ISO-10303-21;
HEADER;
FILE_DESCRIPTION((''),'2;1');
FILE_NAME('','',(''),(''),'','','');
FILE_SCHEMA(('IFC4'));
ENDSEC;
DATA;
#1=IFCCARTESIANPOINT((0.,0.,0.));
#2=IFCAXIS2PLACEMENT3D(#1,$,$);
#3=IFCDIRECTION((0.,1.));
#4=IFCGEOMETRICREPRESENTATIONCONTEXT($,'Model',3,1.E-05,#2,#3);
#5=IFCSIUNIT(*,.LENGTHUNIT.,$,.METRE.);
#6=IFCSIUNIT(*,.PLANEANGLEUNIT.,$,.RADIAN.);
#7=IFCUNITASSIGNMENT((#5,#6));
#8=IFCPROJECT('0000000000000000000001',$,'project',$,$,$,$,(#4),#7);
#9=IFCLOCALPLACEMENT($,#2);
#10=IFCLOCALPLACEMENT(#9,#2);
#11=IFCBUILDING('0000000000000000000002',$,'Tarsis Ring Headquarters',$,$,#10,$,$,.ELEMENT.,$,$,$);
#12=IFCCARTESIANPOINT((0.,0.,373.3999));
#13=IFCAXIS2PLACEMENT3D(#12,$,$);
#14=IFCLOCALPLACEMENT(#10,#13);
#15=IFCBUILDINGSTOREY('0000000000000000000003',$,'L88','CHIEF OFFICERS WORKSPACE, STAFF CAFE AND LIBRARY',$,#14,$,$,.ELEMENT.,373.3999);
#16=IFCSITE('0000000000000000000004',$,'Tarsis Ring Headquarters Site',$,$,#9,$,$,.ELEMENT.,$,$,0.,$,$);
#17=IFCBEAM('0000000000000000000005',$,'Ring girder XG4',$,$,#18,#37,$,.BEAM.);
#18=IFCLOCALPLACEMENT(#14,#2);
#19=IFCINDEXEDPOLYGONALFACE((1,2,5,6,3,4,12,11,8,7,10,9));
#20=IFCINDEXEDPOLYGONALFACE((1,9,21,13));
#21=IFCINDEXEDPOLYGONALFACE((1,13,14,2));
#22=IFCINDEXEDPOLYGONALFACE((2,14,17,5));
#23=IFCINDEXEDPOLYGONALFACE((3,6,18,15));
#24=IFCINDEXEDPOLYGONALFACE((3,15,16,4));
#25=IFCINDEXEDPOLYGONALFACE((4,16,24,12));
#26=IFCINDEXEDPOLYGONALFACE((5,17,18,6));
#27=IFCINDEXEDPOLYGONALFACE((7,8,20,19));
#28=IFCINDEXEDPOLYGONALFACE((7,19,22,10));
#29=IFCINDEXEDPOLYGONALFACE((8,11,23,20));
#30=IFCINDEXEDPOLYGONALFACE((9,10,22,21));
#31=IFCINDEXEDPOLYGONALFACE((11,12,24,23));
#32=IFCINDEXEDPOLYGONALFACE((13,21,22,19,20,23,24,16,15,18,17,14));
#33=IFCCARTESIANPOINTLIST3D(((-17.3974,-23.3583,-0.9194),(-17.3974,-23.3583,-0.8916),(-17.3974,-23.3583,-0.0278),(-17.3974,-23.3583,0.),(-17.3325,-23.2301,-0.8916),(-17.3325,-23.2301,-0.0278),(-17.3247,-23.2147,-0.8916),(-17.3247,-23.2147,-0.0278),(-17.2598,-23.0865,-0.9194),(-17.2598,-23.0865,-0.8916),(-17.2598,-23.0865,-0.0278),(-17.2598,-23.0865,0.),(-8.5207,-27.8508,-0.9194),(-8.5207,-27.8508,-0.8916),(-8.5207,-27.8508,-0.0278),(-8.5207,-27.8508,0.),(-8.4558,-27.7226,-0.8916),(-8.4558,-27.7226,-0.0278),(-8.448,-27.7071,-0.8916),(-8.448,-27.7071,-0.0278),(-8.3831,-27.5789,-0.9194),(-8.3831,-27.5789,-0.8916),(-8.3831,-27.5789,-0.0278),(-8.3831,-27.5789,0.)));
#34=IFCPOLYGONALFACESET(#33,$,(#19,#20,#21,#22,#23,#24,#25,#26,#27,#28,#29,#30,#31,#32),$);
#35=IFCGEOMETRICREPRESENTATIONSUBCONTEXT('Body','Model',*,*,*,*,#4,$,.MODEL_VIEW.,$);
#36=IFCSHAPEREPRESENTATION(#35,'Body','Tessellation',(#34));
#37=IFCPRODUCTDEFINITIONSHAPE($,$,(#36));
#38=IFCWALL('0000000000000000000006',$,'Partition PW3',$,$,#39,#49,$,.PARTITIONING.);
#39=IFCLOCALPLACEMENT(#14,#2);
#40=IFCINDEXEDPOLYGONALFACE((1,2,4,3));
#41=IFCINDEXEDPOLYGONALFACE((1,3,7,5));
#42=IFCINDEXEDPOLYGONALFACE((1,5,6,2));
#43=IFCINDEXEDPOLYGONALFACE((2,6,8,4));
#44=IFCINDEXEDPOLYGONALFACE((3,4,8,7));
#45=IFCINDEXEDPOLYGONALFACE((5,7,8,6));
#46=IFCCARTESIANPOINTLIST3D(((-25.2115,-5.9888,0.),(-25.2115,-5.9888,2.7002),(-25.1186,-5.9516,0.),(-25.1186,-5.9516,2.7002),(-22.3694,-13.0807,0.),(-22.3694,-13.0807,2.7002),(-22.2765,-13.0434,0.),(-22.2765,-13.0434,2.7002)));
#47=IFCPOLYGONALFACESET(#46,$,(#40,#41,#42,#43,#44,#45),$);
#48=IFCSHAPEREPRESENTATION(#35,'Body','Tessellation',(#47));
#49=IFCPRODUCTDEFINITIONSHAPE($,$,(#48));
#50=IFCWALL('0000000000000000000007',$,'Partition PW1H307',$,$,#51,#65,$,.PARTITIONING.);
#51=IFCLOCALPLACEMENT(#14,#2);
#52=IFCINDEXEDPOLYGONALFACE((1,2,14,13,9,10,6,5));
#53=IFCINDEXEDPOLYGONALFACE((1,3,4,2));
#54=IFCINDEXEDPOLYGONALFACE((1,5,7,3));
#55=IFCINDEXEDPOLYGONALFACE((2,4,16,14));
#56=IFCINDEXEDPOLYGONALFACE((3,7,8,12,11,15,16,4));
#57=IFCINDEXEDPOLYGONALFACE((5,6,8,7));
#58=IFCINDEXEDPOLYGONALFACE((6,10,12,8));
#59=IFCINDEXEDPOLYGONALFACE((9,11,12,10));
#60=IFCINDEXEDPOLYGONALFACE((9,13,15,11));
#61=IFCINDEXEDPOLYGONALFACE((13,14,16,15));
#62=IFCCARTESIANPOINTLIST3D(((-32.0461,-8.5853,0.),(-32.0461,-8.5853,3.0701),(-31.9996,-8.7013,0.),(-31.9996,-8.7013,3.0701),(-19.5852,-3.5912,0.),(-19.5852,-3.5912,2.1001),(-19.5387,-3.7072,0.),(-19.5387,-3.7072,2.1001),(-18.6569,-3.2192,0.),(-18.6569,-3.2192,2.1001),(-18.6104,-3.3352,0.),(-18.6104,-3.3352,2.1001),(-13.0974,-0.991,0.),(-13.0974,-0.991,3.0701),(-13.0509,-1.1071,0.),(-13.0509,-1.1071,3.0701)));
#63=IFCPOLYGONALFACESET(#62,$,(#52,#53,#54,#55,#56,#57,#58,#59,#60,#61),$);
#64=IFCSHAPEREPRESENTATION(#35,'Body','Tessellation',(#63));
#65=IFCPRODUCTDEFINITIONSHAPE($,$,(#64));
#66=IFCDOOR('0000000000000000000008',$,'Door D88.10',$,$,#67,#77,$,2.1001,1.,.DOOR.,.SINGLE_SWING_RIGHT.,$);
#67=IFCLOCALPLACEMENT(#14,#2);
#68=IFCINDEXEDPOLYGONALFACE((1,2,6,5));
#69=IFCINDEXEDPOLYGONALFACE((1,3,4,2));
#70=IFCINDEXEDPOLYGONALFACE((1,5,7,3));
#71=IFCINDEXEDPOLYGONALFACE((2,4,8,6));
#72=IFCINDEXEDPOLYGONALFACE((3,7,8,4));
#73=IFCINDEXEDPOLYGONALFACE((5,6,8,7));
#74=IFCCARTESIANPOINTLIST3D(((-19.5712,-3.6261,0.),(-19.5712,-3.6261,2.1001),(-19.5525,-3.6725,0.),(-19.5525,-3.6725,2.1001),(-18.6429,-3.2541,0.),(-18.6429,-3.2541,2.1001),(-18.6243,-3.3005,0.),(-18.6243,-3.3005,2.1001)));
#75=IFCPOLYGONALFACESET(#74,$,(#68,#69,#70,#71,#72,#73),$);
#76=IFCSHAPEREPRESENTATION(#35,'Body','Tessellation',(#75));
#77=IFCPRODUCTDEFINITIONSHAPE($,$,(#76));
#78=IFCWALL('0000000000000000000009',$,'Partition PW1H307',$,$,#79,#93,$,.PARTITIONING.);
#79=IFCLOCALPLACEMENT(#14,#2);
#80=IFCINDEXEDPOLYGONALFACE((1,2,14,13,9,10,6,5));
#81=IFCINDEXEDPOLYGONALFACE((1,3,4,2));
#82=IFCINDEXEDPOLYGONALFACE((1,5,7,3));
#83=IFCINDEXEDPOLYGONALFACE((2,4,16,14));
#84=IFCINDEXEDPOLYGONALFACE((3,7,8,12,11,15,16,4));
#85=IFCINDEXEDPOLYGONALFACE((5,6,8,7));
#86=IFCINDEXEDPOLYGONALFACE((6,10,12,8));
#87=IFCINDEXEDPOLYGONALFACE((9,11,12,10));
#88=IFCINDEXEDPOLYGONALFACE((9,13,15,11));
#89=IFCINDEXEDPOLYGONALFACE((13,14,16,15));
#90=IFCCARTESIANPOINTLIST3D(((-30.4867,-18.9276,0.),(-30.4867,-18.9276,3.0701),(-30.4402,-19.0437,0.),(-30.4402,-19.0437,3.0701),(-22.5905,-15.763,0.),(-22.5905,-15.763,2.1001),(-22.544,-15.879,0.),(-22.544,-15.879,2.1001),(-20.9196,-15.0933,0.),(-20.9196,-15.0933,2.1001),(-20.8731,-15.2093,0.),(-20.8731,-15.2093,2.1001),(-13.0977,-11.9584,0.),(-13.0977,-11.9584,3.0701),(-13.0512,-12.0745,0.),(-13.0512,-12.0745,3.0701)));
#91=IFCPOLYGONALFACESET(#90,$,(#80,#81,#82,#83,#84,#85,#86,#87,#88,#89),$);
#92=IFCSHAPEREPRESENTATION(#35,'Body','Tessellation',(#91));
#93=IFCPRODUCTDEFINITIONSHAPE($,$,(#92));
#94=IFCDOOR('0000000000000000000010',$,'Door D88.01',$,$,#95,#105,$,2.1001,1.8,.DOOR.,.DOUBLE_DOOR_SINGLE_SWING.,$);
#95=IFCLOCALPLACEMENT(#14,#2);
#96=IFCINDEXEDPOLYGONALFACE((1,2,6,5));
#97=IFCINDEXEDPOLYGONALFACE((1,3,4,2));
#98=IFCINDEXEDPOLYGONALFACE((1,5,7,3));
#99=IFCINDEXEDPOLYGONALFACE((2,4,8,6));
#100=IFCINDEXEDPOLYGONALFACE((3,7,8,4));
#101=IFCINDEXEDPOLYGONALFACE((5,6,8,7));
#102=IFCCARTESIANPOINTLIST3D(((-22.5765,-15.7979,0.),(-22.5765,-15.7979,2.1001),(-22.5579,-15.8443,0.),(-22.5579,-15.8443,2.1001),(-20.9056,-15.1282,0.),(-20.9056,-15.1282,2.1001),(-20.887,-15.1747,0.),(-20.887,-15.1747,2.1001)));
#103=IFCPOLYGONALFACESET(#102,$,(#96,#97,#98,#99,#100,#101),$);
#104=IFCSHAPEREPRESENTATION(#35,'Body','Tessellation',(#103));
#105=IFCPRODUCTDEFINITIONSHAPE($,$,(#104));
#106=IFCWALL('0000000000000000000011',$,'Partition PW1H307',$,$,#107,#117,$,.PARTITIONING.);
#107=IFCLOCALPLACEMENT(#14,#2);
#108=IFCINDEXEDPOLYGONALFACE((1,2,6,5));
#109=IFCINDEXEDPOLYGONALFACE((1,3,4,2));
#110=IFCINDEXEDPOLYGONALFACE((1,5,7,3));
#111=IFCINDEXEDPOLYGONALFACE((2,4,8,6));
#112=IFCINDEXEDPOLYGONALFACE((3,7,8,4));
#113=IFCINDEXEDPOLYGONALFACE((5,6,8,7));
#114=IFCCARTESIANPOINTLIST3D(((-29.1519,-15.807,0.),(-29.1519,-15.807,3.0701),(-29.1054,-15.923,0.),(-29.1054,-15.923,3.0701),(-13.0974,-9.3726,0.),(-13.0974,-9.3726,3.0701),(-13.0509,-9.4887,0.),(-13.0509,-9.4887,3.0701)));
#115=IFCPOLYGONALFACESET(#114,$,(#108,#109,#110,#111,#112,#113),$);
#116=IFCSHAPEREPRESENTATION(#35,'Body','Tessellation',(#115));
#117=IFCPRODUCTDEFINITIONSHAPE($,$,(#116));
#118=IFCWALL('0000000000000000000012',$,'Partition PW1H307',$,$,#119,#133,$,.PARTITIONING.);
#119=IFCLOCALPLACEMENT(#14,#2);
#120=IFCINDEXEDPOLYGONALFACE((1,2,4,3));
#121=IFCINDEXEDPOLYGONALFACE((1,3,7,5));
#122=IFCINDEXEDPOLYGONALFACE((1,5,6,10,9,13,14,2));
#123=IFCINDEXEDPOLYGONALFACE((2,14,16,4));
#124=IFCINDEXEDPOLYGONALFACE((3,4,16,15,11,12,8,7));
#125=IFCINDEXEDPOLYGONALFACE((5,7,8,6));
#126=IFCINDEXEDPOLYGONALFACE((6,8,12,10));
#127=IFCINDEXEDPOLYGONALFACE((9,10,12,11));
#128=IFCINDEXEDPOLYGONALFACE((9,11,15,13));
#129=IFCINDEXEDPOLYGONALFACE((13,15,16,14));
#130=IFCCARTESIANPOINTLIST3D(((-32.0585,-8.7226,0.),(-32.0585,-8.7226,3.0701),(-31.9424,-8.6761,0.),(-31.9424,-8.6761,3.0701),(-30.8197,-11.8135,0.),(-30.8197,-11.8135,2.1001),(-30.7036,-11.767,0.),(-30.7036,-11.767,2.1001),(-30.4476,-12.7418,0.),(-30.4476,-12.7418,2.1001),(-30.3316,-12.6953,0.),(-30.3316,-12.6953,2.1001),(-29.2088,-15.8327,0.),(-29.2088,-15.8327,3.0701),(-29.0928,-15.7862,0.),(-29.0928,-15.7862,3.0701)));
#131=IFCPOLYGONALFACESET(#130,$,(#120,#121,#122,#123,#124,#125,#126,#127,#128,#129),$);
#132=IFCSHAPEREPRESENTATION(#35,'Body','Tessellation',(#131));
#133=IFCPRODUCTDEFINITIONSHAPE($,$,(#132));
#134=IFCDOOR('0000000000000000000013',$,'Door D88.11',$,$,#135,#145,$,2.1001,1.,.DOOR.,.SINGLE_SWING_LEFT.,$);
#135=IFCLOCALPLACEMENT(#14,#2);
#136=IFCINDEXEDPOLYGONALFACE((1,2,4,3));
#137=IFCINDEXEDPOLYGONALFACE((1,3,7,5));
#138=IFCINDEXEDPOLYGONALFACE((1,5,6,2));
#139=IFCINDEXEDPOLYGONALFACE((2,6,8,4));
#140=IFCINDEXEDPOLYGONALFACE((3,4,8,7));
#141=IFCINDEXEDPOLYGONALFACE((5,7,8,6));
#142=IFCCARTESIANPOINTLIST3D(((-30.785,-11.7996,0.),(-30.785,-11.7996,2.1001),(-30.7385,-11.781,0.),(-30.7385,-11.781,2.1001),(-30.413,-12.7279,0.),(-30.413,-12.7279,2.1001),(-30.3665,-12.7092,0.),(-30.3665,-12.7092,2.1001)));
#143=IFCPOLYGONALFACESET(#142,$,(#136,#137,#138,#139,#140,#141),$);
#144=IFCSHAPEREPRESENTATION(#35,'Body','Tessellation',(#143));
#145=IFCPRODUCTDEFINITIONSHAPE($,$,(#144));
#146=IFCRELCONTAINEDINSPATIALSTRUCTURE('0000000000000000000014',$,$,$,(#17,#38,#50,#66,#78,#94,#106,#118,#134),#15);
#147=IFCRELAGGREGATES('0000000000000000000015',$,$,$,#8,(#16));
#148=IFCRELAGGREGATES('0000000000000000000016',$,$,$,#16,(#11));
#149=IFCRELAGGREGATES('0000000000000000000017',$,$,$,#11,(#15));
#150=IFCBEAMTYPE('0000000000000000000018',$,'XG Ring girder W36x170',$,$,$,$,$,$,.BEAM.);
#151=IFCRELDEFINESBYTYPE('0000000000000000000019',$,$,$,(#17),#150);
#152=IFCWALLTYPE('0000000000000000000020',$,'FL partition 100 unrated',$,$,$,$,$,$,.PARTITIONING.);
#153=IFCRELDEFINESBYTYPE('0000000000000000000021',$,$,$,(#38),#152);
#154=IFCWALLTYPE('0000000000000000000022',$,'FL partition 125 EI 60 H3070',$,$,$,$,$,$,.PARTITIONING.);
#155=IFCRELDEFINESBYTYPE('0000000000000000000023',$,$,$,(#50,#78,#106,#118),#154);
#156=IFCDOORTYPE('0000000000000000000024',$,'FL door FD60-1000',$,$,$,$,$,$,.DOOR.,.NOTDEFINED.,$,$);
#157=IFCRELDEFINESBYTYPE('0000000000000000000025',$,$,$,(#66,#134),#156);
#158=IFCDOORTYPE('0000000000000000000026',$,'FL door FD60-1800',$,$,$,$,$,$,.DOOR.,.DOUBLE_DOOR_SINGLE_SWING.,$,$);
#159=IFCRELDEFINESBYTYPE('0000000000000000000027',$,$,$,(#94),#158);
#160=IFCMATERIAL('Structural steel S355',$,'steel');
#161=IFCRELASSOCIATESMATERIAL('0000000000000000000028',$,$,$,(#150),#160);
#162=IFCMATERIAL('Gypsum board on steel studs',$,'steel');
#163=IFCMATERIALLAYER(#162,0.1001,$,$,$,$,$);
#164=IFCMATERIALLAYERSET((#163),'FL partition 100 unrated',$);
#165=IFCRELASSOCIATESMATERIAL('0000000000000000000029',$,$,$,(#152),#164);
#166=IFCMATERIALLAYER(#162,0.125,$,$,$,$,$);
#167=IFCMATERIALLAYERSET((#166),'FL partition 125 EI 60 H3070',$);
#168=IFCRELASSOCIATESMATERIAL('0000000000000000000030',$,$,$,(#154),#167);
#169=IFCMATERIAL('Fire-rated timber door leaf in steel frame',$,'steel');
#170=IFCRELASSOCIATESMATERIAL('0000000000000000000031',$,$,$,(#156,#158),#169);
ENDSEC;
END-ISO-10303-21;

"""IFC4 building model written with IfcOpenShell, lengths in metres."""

from ifc_helpers import new_model, si_unit, direction, frame, frame_2d, origin, origin_2d, place, context, subcontext, project, spatial, rectangle, i_section, extrude, material, layer, layer_set, material_profile, profile_set, type_object, element, fill, save


model = new_model("IFC4")

# Units and contexts
model_context = context("Model", 3, precision=1e-05, world=origin(), true_north=direction((0.0, 1.0)))
body_context = subcontext(model_context, "Body", "Model", "MODEL_VIEW")
ifc_project = project(units=[si_unit("LENGTHUNIT", "METRE"), si_unit("PLANEANGLEUNIT", "RADIAN")], contexts=[model_context])

# Site, building, storey
site_placement = place(None, origin())
site = spatial("IfcSite", under=ifc_project, at=site_placement, Name="Tarsis Ring Headquarters Site", CompositionType="ELEMENT", RefElevation=0.0)
building_placement = place(site_placement, origin())
building = spatial("IfcBuilding", under=site, at=building_placement, Name="Tarsis Ring Headquarters", CompositionType="ELEMENT")
storey_placement = place(building_placement, frame((0.0, 0.0, 373.3999)))
storey = spatial("IfcBuildingStorey", under=building, at=storey_placement, Name="L88", Description="CHIEF OFFICERS WORKSPACE, STAFF CAFE AND LIBRARY", CompositionType="ELEMENT", Elevation=373.3999)

# Shared definitions
ifc_material_1 = material(Name="Structural steel S355", Category="steel")

# Beam
ifc_material_profile_1 = material_profile(ifc_material_1, i_section(OverallWidth=0.3047, OverallDepth=0.9194, WebThickness=0.0173, FlangeThickness=0.0278, at=origin_2d()), Name="W36x170")
ifc_profile_set_1 = profile_set([ifc_material_profile_1], Name="Structural steel S355")
beam_type = type_object("IfcBeamType", Name="XG Ring girder W36x170", PredefinedType="BEAM", material=ifc_profile_set_1)
beam_1_placement = place(storey_placement, frame((-17.3286, -23.2224, -0.4597), z_axis=(0.892242, -0.451557, 0.0), x_axis=(0.451557, 0.892242, 0.0)))
element("IfcBeam", 1, at=beam_1_placement, inside=storey, type_object=beam_type, Name="Ring girder XG4", PredefinedType="BEAM", context=body_context, shape_type="SweptSolid", body=[
    extrude(i_section(OverallWidth=0.3047, OverallDepth=0.9194, WebThickness=0.0173, FlangeThickness=0.0278, at=origin_2d()), origin(), (0.0, 0.0, 1.0), 9.9487),
])

# Wall
ifc_material_2 = material(Name="Gypsum board on steel studs", Category="steel")
ifc_layer_1 = layer(ifc_material_2, 0.1001)
ifc_layer_set_1 = layer_set([ifc_layer_1], Name="FL partition 100 unrated")
wall_type_1 = type_object("IfcWallType", Name="FL partition 100 unrated", PredefinedType="PARTITIONING", material=ifc_layer_set_1)
wall_1_placement = place(storey_placement, frame((-25.165, -5.9702, 0.0), z_axis=(0.0, 0.0, 1.0), x_axis=(0.371991, -0.928236, 0.0)))
element("IfcWall", 2, at=wall_1_placement, inside=storey, type_object=wall_type_1, Name="Partition PW3", PredefinedType="PARTITIONING", context=body_context, shape_type="SweptSolid", body=[
    extrude(rectangle(XDim=7.6401, YDim=0.1001, at=frame_2d((3.8201, 0.0))), origin(), (0.0, 0.0, 1.0), 2.7002),
])

# Walls, openings, doors
ifc_layer_2 = layer(ifc_material_2, 0.125)
ifc_layer_set_2 = layer_set([ifc_layer_2], Name="FL partition 125 EI 60 H3070")
wall_type_2 = type_object("IfcWallType", Name="FL partition 125 EI 60 H3070", PredefinedType="PARTITIONING", material=ifc_layer_set_2)
wall_2_placement = place(storey_placement, frame((-32.0229, -8.6433, 0.0), z_axis=(0.0, 0.0, 1.0), x_axis=(0.928227, 0.372013, 0.0)))
wall_2 = element("IfcWall", 3, at=wall_2_placement, inside=storey, type_object=wall_type_2, Name="Partition PW1H307", PredefinedType="PARTITIONING", context=body_context, shape_type="SweptSolid", body=[
    extrude(rectangle(XDim=20.4138, YDim=0.125, at=frame_2d((10.207, 0.0))), origin(), (0.0, 0.0, 1.0), 3.0701),
])
opening_1_placement = place(wall_2_placement, frame((13.4246, 0.0, 0.0)))
opening_1 = element("IfcOpeningElement", 4, at=opening_1_placement, cuts=wall_2, PredefinedType="OPENING", context=body_context, shape_type="SweptSolid", body=[
    extrude(rectangle(XDim=1.0, YDim=2.1001, at=frame_2d((0.5, 1.05))), frame((0.0, 0.0725, 0.0), z_axis=(0.0, -1.0, 0.0), x_axis=(1.0, 0.0, 0.0)), (0.0, 0.0, 1.0), 0.145),
])
ifc_material_3 = material(Name="Fire-rated timber door leaf in steel frame", Category="steel")
door_type_1 = type_object("IfcDoorType", Name="FL door FD60-1000", OperationType="NOTDEFINED", PredefinedType="DOOR", material=ifc_material_3)
door_1_placement = place(opening_1_placement, origin())
door_1 = element("IfcDoor", 5, at=door_1_placement, inside=storey, type_object=door_type_1, Name="Door D88.10", OperationType="SINGLE_SWING_RIGHT", OverallHeight=2.1001, OverallWidth=1.0, PredefinedType="DOOR", context=body_context, shape_type="SweptSolid", body=[
    extrude(rectangle(XDim=1.0, YDim=2.1001, at=frame_2d((0.5, 1.05))), frame((0.0, 0.0249, 0.0), z_axis=(0.0, -1.0, 0.0), x_axis=(1.0, 0.0, 0.0)), (0.0, 0.0, 1.0), 0.05),
])
fill(opening_1, door_1)
wall_3_placement = place(storey_placement, frame((-30.4634, -18.9856, 0.0), z_axis=(0.0, 0.0, 1.0), x_axis=(0.928227, 0.372015, 0.0)))
wall_3 = element("IfcWall", 6, at=wall_3_placement, inside=storey, type_object=wall_type_2, Name="Partition PW1H307", PredefinedType="PARTITIONING", context=body_context, shape_type="SweptSolid", body=[
    extrude(rectangle(XDim=18.7336, YDim=0.125, at=frame_2d((9.3667, 0.0))), origin(), (0.0, 0.0, 1.0), 3.0701),
])
opening_2_placement = place(wall_3_placement, frame((8.5068, 0.0, 0.0)))
opening_2 = element("IfcOpeningElement", 7, at=opening_2_placement, cuts=wall_3, PredefinedType="OPENING", context=body_context, shape_type="SweptSolid", body=[
    extrude(rectangle(XDim=1.8, YDim=2.1001, at=frame_2d((0.8999, 1.05))), frame((0.0, 0.0725, 0.0), z_axis=(0.0, -1.0, 0.0), x_axis=(1.0, 0.0, 0.0)), (0.0, 0.0, 1.0), 0.145),
])
door_type_2 = type_object("IfcDoorType", Name="FL door FD60-1800", OperationType="DOUBLE_DOOR_SINGLE_SWING", PredefinedType="DOOR", material=ifc_material_3)
door_2_placement = place(opening_2_placement, origin())
door_2 = element("IfcDoor", 8, at=door_2_placement, inside=storey, type_object=door_type_2, Name="Door D88.01", OperationType="DOUBLE_DOOR_SINGLE_SWING", OverallHeight=2.1001, OverallWidth=1.8, PredefinedType="DOOR", context=body_context, shape_type="SweptSolid", body=[
    extrude(rectangle(XDim=1.8, YDim=2.1001, at=frame_2d((0.8999, 1.05))), frame((0.0, 0.0249, 0.0), z_axis=(0.0, -1.0, 0.0), x_axis=(1.0, 0.0, 0.0)), (0.0, 0.0, 1.0), 0.05),
])
fill(opening_2, door_2)

# Wall
wall_4_placement = place(storey_placement, frame((-29.1287, -15.865, 0.0), z_axis=(0.0, 0.0, 1.0), x_axis=(0.928226, 0.372016, 0.0)))
element("IfcWall", 9, at=wall_4_placement, inside=storey, type_object=wall_type_2, Name="Partition PW1H307", PredefinedType="PARTITIONING", context=body_context, shape_type="SweptSolid", body=[
    extrude(rectangle(XDim=17.2959, YDim=0.125, at=frame_2d((8.6479, 0.0))), origin(), (0.0, 0.0, 1.0), 3.0701),
])

# Wall, opening, door
wall_5_placement = place(storey_placement, frame((-32.0005, -8.6992, 0.0), z_axis=(0.0, 0.0, 1.0), x_axis=(0.372017, -0.928226, 0.0)))
wall_5 = element("IfcWall", 10, at=wall_5_placement, inside=storey, type_object=wall_type_2, Name="Partition PW1H307", PredefinedType="PARTITIONING", context=body_context, shape_type="SweptSolid", body=[
    extrude(rectangle(XDim=7.6599, YDim=0.125, at=frame_2d((3.8301, 0.0))), origin(), (0.0, 0.0, 1.0), 3.0701),
])
opening_3_placement = place(wall_5_placement, frame((3.3301, 0.0, 0.0)))
opening_3 = element("IfcOpeningElement", 11, at=opening_3_placement, cuts=wall_5, PredefinedType="OPENING", context=body_context, shape_type="SweptSolid", body=[
    extrude(rectangle(XDim=1.0, YDim=2.1001, at=frame_2d((0.5, 1.05))), frame((0.0, 0.0725, 0.0), z_axis=(0.0, -1.0, 0.0), x_axis=(1.0, 0.0, 0.0)), (0.0, 0.0, 1.0), 0.145),
])
door_3_placement = place(opening_3_placement, origin())
door_3 = element("IfcDoor", 12, at=door_3_placement, inside=storey, type_object=door_type_1, Name="Door D88.11", OperationType="SINGLE_SWING_LEFT", OverallHeight=2.1001, OverallWidth=1.0, PredefinedType="DOOR", context=body_context, shape_type="SweptSolid", body=[
    extrude(rectangle(XDim=1.0, YDim=2.1001, at=frame_2d((0.5, 1.05))), frame((0.0, 0.0249, 0.0), z_axis=(0.0, -1.0, 0.0), x_axis=(1.0, 0.0, 0.0)), (0.0, 0.0, 1.0), 0.05),
])
fill(opening_3, door_3)

save(model, "model.ifc")
